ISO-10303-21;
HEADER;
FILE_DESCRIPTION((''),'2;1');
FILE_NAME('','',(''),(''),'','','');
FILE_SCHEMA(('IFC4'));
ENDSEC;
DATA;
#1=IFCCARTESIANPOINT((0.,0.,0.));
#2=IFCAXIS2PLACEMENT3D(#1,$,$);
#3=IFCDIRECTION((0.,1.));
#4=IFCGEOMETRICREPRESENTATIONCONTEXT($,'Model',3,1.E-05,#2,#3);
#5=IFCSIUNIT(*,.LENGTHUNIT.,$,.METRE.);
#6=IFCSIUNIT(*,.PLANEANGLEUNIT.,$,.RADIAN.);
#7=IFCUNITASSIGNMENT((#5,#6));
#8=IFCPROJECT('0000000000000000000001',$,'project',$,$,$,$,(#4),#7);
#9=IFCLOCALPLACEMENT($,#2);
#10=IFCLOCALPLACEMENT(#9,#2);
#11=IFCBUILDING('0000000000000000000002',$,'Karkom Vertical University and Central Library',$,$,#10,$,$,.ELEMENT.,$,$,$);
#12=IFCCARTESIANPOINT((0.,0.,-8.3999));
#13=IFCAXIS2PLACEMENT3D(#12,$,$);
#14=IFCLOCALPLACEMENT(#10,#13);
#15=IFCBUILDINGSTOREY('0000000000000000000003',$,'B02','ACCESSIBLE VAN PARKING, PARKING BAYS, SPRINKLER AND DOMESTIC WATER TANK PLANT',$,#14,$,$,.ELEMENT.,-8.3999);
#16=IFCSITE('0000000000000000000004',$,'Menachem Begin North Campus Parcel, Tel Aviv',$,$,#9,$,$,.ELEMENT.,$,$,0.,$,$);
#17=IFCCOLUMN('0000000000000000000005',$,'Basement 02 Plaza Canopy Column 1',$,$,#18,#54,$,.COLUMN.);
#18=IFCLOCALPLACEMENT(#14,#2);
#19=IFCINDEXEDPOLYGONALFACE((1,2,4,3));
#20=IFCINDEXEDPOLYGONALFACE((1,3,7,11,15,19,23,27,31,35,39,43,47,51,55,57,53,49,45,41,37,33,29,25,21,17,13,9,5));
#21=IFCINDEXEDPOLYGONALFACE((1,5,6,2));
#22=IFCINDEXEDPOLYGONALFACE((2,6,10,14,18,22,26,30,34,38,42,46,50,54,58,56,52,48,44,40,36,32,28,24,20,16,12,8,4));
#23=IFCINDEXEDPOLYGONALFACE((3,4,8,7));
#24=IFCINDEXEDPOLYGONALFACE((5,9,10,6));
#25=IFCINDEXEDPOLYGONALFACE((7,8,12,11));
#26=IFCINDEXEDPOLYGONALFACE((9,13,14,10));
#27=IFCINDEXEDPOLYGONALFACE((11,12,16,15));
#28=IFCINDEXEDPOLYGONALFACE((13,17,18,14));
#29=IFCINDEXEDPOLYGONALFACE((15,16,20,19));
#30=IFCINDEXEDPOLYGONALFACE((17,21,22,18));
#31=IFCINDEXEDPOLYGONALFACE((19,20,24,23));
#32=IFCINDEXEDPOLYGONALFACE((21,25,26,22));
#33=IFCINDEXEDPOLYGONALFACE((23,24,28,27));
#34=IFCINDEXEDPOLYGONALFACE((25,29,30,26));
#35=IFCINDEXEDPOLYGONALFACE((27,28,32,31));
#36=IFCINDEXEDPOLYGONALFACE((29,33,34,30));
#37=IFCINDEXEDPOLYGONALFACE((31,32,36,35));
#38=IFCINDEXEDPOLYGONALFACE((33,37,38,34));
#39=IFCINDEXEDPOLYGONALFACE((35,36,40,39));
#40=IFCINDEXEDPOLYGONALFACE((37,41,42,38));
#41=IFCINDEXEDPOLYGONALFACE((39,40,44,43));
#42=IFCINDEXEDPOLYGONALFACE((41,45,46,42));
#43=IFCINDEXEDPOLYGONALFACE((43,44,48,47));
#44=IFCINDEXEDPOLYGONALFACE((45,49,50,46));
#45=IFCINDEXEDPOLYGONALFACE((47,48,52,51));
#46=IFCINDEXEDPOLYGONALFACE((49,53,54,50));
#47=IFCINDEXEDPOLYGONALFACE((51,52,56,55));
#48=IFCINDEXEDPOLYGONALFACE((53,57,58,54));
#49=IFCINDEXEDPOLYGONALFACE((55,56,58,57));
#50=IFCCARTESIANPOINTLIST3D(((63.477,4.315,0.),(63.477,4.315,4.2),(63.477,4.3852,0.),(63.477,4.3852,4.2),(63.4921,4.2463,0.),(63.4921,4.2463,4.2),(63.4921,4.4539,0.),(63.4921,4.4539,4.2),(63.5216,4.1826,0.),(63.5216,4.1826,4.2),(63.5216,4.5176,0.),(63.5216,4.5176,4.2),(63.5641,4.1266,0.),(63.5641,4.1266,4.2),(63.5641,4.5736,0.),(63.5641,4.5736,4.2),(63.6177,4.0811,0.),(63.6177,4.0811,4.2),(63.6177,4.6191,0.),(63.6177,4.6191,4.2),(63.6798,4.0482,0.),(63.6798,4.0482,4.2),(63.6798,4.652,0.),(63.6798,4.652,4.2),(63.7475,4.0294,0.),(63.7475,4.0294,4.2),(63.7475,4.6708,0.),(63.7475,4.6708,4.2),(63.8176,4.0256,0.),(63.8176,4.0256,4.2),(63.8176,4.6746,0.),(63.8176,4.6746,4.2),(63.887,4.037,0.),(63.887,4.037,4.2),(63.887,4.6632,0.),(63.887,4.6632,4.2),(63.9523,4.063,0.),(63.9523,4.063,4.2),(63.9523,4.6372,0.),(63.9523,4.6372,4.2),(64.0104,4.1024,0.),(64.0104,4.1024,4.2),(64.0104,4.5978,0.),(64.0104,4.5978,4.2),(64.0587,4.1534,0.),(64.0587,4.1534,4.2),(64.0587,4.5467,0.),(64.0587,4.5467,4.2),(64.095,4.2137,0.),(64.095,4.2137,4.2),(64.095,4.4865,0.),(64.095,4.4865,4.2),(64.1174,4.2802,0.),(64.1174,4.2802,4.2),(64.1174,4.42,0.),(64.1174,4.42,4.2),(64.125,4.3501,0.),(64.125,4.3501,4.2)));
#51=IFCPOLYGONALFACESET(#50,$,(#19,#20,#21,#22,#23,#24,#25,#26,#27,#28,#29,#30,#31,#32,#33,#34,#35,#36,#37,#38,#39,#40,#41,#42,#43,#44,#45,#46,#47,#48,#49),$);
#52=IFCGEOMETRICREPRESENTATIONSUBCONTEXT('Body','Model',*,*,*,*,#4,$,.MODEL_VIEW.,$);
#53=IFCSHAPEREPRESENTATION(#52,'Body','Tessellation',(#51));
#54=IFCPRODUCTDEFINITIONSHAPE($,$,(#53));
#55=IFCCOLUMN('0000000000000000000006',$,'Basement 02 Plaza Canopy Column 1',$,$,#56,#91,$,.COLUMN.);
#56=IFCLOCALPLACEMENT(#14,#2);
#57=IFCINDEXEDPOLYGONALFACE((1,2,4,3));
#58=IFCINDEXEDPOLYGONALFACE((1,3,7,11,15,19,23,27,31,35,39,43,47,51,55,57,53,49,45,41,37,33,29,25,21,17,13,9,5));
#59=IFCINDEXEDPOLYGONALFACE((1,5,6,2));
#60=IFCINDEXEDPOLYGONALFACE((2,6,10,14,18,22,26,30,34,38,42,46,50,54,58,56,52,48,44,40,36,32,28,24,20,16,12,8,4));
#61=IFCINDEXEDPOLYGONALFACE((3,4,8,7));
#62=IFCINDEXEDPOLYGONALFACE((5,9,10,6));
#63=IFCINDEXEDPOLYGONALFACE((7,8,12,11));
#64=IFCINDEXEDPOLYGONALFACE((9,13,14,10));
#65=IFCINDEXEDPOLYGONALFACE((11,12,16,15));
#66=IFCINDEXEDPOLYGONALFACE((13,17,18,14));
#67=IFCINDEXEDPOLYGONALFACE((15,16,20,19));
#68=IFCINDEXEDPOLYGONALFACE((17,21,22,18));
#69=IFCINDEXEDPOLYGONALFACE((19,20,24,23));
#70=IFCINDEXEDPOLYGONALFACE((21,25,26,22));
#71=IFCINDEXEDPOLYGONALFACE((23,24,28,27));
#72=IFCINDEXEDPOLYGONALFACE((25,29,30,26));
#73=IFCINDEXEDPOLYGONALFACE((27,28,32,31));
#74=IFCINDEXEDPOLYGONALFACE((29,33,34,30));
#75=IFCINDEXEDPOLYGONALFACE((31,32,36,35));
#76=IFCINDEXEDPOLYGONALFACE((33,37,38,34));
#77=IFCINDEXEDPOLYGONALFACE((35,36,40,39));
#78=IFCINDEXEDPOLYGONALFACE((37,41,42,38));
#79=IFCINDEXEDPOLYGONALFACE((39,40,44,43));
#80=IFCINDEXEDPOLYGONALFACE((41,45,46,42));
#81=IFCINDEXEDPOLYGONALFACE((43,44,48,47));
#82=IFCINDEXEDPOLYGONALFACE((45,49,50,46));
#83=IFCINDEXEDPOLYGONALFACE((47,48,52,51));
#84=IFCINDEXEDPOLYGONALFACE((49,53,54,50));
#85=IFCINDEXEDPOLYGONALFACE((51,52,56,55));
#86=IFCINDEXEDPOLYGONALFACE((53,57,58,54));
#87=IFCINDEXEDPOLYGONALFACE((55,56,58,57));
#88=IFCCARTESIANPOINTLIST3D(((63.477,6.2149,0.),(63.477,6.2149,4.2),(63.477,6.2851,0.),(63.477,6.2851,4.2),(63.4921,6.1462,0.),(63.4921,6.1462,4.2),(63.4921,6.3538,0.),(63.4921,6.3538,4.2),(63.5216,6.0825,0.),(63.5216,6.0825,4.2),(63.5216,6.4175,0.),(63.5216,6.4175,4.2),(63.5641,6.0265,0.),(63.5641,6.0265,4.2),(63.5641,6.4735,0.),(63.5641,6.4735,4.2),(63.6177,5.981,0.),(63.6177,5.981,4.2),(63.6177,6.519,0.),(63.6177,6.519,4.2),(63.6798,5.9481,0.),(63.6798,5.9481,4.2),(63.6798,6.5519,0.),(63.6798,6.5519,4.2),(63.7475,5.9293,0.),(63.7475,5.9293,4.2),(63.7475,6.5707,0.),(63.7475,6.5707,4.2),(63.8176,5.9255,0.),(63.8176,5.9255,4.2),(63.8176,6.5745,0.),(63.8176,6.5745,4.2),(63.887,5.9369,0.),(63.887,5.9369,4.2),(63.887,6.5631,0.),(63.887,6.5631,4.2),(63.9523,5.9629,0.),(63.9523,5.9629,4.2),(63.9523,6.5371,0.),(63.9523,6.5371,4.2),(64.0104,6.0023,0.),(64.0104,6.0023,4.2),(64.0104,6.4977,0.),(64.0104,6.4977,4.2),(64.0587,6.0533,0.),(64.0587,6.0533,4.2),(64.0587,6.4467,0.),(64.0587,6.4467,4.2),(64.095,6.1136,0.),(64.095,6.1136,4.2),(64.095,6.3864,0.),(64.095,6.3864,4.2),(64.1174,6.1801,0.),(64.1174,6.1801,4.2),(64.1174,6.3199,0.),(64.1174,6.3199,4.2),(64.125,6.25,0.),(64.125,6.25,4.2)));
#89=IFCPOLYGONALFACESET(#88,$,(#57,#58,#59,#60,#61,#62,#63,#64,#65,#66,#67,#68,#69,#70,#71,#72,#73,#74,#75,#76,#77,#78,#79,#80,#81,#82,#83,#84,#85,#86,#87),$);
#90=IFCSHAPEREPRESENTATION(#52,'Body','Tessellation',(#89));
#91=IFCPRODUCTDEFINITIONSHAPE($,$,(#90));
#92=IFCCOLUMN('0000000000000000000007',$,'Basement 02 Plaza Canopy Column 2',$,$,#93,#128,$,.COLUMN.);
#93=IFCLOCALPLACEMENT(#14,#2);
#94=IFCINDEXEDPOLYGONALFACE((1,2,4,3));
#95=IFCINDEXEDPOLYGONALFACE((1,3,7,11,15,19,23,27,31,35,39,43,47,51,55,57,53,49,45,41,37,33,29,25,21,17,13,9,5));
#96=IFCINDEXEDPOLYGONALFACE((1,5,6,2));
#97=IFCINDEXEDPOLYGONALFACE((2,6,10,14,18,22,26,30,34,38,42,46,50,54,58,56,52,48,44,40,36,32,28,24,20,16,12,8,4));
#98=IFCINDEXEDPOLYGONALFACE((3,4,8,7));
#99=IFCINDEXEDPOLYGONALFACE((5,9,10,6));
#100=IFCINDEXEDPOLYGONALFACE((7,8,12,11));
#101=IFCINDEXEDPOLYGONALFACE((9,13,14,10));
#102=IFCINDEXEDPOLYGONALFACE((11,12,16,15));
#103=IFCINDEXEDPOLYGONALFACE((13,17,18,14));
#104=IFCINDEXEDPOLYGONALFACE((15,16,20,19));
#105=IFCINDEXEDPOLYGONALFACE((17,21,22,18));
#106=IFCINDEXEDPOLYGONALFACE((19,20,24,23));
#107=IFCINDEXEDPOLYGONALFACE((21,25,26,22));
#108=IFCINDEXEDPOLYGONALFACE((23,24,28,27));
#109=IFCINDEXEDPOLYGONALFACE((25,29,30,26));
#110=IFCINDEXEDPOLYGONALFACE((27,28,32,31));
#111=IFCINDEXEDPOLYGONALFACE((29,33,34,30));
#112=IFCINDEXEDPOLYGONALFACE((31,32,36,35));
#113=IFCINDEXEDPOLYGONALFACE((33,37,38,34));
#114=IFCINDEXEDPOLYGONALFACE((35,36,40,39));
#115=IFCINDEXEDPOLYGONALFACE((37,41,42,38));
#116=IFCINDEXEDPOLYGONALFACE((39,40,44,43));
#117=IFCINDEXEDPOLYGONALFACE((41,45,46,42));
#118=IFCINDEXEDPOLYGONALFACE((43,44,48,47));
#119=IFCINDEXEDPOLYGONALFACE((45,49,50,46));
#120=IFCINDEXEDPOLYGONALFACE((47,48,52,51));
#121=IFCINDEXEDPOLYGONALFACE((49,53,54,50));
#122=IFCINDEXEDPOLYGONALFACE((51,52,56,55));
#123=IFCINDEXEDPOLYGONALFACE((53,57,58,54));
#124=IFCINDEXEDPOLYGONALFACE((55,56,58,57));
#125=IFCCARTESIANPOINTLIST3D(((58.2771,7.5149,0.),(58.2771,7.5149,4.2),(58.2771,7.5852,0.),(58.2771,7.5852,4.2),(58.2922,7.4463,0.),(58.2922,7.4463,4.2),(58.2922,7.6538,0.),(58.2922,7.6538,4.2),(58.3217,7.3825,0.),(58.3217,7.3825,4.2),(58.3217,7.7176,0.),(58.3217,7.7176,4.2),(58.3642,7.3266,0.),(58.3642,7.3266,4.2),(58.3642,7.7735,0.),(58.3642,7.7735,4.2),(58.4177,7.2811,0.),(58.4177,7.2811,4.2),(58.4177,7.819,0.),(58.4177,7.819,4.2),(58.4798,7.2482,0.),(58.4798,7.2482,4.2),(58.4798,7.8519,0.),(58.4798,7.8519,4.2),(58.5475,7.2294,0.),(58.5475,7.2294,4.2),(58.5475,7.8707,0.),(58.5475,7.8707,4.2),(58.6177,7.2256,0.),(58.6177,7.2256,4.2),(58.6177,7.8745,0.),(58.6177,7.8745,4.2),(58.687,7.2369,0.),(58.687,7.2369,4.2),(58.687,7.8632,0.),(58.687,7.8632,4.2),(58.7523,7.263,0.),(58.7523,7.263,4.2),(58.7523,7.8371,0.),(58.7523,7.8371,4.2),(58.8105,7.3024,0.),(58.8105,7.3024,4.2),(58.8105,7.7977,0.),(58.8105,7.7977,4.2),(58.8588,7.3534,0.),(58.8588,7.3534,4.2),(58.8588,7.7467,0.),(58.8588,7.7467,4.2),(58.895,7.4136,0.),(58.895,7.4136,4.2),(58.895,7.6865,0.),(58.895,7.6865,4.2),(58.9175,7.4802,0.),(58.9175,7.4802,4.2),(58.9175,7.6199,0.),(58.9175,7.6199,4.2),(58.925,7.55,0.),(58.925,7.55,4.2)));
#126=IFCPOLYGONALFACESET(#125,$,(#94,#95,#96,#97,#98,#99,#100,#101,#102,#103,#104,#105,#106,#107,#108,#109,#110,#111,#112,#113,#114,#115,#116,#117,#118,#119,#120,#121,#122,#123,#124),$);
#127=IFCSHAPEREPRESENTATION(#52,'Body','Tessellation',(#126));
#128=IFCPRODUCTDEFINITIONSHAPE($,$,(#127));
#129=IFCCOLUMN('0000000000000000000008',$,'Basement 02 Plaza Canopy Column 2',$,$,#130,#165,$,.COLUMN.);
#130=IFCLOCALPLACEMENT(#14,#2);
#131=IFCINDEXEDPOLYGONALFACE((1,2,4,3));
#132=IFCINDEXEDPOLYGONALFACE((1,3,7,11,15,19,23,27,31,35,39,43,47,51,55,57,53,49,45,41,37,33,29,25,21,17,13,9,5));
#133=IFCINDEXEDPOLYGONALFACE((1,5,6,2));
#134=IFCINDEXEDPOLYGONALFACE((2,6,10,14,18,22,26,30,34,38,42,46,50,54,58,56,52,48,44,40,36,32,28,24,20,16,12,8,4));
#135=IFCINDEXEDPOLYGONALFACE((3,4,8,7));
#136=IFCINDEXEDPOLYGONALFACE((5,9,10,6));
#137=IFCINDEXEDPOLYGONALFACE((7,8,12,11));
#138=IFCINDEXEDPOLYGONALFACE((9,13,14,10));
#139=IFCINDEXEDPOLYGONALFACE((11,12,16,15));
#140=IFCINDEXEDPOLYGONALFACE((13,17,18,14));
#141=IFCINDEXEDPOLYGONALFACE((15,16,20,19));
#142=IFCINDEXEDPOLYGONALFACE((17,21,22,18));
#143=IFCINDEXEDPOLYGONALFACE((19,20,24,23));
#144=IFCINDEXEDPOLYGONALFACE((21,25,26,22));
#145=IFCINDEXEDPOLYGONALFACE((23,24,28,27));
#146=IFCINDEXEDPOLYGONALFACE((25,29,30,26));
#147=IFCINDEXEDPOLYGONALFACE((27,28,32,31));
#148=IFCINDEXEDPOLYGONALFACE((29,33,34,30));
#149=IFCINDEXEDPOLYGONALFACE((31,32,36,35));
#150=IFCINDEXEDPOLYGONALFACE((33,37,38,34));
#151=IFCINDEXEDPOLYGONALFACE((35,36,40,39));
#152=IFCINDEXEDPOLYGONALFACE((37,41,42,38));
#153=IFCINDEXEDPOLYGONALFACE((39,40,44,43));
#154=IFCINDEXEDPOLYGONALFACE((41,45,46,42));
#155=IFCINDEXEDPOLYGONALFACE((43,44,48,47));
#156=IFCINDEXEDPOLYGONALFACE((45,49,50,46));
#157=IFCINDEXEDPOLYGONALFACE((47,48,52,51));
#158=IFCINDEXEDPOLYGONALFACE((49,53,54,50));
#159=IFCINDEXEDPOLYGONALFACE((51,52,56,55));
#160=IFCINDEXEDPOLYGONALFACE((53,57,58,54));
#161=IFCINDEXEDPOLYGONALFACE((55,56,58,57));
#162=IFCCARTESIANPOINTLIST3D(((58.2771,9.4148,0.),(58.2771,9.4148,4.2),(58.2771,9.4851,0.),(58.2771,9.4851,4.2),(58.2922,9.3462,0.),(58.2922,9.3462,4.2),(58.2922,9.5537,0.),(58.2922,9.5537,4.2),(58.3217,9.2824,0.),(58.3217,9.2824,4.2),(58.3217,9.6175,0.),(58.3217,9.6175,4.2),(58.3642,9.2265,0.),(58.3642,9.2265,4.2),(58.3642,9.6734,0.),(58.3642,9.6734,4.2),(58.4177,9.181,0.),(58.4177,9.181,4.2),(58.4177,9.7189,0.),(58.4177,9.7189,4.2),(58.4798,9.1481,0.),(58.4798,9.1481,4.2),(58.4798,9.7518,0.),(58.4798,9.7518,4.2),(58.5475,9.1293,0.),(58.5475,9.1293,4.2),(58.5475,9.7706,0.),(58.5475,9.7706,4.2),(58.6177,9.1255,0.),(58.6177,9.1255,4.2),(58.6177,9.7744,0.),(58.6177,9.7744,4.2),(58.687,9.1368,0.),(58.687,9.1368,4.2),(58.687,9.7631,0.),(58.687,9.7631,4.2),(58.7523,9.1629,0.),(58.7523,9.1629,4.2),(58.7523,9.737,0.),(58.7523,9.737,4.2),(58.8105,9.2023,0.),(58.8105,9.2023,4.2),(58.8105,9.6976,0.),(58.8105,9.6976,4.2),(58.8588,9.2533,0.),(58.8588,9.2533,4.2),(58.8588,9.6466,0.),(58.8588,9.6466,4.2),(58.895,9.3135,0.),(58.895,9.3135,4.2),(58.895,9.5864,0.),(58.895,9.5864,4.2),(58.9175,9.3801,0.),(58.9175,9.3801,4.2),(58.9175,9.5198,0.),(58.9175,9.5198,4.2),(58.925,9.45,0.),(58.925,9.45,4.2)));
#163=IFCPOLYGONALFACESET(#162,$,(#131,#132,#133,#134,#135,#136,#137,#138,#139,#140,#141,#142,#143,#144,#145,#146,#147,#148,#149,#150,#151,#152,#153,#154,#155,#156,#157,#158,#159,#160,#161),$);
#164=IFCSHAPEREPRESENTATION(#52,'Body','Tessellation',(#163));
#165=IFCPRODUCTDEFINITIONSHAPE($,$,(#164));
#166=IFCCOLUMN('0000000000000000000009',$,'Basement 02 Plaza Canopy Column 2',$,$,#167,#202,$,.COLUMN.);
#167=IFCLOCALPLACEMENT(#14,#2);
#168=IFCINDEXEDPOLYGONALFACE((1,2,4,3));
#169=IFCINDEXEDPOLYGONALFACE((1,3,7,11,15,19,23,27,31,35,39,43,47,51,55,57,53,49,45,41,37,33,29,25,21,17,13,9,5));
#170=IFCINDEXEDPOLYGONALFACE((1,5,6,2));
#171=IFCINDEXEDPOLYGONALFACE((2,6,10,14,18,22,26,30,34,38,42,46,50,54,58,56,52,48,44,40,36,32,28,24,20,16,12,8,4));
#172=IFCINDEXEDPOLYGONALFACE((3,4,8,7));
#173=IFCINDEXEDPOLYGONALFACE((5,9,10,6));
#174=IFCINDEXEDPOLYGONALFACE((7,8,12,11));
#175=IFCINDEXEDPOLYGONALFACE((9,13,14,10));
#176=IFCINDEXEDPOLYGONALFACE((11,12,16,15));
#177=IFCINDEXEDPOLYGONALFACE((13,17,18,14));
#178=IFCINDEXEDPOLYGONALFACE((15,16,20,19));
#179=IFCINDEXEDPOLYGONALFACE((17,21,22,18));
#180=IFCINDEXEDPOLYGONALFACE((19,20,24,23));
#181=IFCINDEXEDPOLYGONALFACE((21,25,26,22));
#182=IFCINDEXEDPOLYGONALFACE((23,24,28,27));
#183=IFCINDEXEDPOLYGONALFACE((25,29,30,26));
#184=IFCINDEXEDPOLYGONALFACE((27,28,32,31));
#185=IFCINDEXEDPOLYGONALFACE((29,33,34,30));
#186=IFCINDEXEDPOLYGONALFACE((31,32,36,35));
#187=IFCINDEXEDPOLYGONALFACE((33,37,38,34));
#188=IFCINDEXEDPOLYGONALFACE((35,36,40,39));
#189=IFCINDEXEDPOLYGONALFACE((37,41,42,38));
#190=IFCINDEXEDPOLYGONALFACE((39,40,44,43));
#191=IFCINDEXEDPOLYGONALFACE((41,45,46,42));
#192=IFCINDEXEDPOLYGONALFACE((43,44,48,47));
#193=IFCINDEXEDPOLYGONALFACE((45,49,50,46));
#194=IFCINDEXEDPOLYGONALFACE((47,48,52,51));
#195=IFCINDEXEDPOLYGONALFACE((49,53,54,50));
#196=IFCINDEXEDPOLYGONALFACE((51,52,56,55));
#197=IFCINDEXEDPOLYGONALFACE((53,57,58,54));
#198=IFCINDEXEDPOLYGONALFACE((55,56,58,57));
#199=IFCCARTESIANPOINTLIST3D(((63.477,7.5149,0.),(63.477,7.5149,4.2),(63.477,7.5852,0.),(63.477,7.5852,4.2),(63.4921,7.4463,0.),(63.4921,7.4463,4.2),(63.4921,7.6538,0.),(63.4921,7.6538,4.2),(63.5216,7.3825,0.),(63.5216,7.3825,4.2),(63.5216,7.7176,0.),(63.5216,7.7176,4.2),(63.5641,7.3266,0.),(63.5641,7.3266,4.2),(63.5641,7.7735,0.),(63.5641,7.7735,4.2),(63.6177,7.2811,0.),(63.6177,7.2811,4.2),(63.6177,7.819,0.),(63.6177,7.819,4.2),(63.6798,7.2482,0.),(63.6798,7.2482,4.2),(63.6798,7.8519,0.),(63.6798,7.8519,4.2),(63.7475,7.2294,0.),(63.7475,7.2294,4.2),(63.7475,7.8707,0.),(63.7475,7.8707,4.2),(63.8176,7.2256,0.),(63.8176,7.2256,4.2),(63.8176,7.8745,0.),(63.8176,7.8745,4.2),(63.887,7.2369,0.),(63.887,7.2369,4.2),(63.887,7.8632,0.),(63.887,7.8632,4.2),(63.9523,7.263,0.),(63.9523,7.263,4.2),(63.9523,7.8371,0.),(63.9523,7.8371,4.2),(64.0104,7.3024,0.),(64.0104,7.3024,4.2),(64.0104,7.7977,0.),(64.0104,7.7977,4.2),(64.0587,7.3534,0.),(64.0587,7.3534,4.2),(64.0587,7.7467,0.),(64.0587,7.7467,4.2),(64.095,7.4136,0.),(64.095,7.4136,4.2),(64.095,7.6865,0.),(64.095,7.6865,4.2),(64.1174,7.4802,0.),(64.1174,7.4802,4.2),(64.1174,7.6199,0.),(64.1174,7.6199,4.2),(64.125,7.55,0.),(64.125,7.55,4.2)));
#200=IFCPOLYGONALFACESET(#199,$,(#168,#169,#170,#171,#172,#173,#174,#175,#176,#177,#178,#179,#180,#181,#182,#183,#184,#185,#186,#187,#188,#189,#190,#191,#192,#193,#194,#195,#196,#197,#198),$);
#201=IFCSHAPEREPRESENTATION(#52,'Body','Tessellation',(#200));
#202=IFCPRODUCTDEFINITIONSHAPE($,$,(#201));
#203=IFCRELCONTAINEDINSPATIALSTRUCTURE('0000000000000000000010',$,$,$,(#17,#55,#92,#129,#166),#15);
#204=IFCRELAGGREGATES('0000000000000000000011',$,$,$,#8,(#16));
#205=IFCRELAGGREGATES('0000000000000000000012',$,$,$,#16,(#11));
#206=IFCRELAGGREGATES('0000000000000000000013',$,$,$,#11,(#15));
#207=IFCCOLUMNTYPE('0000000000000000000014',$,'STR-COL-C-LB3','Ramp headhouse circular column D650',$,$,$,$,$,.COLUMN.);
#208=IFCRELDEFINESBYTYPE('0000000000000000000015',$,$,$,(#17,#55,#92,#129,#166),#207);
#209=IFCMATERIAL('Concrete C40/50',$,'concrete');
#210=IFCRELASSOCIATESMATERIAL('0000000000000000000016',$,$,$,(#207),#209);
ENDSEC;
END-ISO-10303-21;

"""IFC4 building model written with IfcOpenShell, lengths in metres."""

from ifc_helpers import new_model, si_unit, direction, frame, origin, origin_with_axes, origin_2d, place, context, subcontext, project, spatial, circle, extrude, source, transform, mapped, material, material_profile, profile_set, type_object, element, save


model = new_model("IFC4")

# Units and contexts
model_context = context("Model", 3, precision=1e-05, world=origin(), true_north=direction((0.0, 1.0)))
body_context = subcontext(model_context, "Body", "Model", "MODEL_VIEW")
ifc_project = project(units=[si_unit("LENGTHUNIT", "METRE"), si_unit("PLANEANGLEUNIT", "RADIAN")], contexts=[model_context])

# Site, building, storey
site_placement = place(None, origin())
site = spatial("IfcSite", under=ifc_project, at=site_placement, Name="Menachem Begin North Campus Parcel, Tel Aviv", CompositionType="ELEMENT", RefElevation=0.0)
building_placement = place(site_placement, origin())
building = spatial("IfcBuilding", under=site, at=building_placement, Name="Karkom Vertical University and Central Library", CompositionType="ELEMENT")
storey_placement = place(building_placement, frame((0.0, 0.0, -8.3999)))
storey = spatial("IfcBuildingStorey", under=building, at=storey_placement, Name="B02", Description="ACCESSIBLE VAN PARKING, PARKING BAYS, SPRINKLER AND DOMESTIC WATER TANK PLANT", CompositionType="ELEMENT", Elevation=-8.3999)

# Shared definitions
ifc_material_1 = material(Name="Concrete C40/50", Category="concrete")

# Columns
ifc_material_profile_1 = material_profile(ifc_material_1, circle(Radius=0.325, at=origin_2d()), Name="RC-D650")
ifc_profile_set_1 = profile_set([ifc_material_profile_1], Name="Concrete C40/50")
column_type_1 = type_object("IfcColumnType", Name="STR-COL-C-LB3", Description="Ramp headhouse circular column D650", PredefinedType="COLUMN", material=ifc_profile_set_1)
shared_shape_1 = source(origin_with_axes(), body_context, "Body", "SweptSolid", [
    extrude(circle(Radius=0.325, at=origin_2d()), origin(), (0.0, 0.0, 1.0), 4.2),
])
for number, where, z_axis, x_axis, name in (
    (1, (63.8, 4.3501, 0.0), (0.0, 0.0, 1.0), (1.0, 0.0, 0.0), "Basement 02 Plaza Canopy Column 1"),
    (2, (63.8, 6.25, 0.0), (0.0, 0.0, 1.0), (1.0, 0.0, 0.0), "Basement 02 Plaza Canopy Column 1"),
    (3, (58.6001, 7.55, 0.0), (0.0, 0.0, 1.0), (1.0, 0.0, 0.0), "Basement 02 Plaza Canopy Column 2"),
    (4, (58.6001, 9.45, 0.0), (0.0, 0.0, 1.0), (1.0, 0.0, 0.0), "Basement 02 Plaza Canopy Column 2"),
    (5, (63.8, 7.55, 0.0), (0.0, 0.0, 1.0), (1.0, 0.0, 0.0), "Basement 02 Plaza Canopy Column 2"),
):
    element("IfcColumn", number, at=place(storey_placement, frame(where, z_axis=z_axis, x_axis=x_axis)), inside=storey, type_object=column_type_1, Name=name, PredefinedType="COLUMN", context=body_context, shape_type="MappedRepresentation", body=[
        mapped(shared_shape_1, transform((0.0, 0.0, 0.0), scale=1.0)),
    ])

save(model, "model.ifc")
